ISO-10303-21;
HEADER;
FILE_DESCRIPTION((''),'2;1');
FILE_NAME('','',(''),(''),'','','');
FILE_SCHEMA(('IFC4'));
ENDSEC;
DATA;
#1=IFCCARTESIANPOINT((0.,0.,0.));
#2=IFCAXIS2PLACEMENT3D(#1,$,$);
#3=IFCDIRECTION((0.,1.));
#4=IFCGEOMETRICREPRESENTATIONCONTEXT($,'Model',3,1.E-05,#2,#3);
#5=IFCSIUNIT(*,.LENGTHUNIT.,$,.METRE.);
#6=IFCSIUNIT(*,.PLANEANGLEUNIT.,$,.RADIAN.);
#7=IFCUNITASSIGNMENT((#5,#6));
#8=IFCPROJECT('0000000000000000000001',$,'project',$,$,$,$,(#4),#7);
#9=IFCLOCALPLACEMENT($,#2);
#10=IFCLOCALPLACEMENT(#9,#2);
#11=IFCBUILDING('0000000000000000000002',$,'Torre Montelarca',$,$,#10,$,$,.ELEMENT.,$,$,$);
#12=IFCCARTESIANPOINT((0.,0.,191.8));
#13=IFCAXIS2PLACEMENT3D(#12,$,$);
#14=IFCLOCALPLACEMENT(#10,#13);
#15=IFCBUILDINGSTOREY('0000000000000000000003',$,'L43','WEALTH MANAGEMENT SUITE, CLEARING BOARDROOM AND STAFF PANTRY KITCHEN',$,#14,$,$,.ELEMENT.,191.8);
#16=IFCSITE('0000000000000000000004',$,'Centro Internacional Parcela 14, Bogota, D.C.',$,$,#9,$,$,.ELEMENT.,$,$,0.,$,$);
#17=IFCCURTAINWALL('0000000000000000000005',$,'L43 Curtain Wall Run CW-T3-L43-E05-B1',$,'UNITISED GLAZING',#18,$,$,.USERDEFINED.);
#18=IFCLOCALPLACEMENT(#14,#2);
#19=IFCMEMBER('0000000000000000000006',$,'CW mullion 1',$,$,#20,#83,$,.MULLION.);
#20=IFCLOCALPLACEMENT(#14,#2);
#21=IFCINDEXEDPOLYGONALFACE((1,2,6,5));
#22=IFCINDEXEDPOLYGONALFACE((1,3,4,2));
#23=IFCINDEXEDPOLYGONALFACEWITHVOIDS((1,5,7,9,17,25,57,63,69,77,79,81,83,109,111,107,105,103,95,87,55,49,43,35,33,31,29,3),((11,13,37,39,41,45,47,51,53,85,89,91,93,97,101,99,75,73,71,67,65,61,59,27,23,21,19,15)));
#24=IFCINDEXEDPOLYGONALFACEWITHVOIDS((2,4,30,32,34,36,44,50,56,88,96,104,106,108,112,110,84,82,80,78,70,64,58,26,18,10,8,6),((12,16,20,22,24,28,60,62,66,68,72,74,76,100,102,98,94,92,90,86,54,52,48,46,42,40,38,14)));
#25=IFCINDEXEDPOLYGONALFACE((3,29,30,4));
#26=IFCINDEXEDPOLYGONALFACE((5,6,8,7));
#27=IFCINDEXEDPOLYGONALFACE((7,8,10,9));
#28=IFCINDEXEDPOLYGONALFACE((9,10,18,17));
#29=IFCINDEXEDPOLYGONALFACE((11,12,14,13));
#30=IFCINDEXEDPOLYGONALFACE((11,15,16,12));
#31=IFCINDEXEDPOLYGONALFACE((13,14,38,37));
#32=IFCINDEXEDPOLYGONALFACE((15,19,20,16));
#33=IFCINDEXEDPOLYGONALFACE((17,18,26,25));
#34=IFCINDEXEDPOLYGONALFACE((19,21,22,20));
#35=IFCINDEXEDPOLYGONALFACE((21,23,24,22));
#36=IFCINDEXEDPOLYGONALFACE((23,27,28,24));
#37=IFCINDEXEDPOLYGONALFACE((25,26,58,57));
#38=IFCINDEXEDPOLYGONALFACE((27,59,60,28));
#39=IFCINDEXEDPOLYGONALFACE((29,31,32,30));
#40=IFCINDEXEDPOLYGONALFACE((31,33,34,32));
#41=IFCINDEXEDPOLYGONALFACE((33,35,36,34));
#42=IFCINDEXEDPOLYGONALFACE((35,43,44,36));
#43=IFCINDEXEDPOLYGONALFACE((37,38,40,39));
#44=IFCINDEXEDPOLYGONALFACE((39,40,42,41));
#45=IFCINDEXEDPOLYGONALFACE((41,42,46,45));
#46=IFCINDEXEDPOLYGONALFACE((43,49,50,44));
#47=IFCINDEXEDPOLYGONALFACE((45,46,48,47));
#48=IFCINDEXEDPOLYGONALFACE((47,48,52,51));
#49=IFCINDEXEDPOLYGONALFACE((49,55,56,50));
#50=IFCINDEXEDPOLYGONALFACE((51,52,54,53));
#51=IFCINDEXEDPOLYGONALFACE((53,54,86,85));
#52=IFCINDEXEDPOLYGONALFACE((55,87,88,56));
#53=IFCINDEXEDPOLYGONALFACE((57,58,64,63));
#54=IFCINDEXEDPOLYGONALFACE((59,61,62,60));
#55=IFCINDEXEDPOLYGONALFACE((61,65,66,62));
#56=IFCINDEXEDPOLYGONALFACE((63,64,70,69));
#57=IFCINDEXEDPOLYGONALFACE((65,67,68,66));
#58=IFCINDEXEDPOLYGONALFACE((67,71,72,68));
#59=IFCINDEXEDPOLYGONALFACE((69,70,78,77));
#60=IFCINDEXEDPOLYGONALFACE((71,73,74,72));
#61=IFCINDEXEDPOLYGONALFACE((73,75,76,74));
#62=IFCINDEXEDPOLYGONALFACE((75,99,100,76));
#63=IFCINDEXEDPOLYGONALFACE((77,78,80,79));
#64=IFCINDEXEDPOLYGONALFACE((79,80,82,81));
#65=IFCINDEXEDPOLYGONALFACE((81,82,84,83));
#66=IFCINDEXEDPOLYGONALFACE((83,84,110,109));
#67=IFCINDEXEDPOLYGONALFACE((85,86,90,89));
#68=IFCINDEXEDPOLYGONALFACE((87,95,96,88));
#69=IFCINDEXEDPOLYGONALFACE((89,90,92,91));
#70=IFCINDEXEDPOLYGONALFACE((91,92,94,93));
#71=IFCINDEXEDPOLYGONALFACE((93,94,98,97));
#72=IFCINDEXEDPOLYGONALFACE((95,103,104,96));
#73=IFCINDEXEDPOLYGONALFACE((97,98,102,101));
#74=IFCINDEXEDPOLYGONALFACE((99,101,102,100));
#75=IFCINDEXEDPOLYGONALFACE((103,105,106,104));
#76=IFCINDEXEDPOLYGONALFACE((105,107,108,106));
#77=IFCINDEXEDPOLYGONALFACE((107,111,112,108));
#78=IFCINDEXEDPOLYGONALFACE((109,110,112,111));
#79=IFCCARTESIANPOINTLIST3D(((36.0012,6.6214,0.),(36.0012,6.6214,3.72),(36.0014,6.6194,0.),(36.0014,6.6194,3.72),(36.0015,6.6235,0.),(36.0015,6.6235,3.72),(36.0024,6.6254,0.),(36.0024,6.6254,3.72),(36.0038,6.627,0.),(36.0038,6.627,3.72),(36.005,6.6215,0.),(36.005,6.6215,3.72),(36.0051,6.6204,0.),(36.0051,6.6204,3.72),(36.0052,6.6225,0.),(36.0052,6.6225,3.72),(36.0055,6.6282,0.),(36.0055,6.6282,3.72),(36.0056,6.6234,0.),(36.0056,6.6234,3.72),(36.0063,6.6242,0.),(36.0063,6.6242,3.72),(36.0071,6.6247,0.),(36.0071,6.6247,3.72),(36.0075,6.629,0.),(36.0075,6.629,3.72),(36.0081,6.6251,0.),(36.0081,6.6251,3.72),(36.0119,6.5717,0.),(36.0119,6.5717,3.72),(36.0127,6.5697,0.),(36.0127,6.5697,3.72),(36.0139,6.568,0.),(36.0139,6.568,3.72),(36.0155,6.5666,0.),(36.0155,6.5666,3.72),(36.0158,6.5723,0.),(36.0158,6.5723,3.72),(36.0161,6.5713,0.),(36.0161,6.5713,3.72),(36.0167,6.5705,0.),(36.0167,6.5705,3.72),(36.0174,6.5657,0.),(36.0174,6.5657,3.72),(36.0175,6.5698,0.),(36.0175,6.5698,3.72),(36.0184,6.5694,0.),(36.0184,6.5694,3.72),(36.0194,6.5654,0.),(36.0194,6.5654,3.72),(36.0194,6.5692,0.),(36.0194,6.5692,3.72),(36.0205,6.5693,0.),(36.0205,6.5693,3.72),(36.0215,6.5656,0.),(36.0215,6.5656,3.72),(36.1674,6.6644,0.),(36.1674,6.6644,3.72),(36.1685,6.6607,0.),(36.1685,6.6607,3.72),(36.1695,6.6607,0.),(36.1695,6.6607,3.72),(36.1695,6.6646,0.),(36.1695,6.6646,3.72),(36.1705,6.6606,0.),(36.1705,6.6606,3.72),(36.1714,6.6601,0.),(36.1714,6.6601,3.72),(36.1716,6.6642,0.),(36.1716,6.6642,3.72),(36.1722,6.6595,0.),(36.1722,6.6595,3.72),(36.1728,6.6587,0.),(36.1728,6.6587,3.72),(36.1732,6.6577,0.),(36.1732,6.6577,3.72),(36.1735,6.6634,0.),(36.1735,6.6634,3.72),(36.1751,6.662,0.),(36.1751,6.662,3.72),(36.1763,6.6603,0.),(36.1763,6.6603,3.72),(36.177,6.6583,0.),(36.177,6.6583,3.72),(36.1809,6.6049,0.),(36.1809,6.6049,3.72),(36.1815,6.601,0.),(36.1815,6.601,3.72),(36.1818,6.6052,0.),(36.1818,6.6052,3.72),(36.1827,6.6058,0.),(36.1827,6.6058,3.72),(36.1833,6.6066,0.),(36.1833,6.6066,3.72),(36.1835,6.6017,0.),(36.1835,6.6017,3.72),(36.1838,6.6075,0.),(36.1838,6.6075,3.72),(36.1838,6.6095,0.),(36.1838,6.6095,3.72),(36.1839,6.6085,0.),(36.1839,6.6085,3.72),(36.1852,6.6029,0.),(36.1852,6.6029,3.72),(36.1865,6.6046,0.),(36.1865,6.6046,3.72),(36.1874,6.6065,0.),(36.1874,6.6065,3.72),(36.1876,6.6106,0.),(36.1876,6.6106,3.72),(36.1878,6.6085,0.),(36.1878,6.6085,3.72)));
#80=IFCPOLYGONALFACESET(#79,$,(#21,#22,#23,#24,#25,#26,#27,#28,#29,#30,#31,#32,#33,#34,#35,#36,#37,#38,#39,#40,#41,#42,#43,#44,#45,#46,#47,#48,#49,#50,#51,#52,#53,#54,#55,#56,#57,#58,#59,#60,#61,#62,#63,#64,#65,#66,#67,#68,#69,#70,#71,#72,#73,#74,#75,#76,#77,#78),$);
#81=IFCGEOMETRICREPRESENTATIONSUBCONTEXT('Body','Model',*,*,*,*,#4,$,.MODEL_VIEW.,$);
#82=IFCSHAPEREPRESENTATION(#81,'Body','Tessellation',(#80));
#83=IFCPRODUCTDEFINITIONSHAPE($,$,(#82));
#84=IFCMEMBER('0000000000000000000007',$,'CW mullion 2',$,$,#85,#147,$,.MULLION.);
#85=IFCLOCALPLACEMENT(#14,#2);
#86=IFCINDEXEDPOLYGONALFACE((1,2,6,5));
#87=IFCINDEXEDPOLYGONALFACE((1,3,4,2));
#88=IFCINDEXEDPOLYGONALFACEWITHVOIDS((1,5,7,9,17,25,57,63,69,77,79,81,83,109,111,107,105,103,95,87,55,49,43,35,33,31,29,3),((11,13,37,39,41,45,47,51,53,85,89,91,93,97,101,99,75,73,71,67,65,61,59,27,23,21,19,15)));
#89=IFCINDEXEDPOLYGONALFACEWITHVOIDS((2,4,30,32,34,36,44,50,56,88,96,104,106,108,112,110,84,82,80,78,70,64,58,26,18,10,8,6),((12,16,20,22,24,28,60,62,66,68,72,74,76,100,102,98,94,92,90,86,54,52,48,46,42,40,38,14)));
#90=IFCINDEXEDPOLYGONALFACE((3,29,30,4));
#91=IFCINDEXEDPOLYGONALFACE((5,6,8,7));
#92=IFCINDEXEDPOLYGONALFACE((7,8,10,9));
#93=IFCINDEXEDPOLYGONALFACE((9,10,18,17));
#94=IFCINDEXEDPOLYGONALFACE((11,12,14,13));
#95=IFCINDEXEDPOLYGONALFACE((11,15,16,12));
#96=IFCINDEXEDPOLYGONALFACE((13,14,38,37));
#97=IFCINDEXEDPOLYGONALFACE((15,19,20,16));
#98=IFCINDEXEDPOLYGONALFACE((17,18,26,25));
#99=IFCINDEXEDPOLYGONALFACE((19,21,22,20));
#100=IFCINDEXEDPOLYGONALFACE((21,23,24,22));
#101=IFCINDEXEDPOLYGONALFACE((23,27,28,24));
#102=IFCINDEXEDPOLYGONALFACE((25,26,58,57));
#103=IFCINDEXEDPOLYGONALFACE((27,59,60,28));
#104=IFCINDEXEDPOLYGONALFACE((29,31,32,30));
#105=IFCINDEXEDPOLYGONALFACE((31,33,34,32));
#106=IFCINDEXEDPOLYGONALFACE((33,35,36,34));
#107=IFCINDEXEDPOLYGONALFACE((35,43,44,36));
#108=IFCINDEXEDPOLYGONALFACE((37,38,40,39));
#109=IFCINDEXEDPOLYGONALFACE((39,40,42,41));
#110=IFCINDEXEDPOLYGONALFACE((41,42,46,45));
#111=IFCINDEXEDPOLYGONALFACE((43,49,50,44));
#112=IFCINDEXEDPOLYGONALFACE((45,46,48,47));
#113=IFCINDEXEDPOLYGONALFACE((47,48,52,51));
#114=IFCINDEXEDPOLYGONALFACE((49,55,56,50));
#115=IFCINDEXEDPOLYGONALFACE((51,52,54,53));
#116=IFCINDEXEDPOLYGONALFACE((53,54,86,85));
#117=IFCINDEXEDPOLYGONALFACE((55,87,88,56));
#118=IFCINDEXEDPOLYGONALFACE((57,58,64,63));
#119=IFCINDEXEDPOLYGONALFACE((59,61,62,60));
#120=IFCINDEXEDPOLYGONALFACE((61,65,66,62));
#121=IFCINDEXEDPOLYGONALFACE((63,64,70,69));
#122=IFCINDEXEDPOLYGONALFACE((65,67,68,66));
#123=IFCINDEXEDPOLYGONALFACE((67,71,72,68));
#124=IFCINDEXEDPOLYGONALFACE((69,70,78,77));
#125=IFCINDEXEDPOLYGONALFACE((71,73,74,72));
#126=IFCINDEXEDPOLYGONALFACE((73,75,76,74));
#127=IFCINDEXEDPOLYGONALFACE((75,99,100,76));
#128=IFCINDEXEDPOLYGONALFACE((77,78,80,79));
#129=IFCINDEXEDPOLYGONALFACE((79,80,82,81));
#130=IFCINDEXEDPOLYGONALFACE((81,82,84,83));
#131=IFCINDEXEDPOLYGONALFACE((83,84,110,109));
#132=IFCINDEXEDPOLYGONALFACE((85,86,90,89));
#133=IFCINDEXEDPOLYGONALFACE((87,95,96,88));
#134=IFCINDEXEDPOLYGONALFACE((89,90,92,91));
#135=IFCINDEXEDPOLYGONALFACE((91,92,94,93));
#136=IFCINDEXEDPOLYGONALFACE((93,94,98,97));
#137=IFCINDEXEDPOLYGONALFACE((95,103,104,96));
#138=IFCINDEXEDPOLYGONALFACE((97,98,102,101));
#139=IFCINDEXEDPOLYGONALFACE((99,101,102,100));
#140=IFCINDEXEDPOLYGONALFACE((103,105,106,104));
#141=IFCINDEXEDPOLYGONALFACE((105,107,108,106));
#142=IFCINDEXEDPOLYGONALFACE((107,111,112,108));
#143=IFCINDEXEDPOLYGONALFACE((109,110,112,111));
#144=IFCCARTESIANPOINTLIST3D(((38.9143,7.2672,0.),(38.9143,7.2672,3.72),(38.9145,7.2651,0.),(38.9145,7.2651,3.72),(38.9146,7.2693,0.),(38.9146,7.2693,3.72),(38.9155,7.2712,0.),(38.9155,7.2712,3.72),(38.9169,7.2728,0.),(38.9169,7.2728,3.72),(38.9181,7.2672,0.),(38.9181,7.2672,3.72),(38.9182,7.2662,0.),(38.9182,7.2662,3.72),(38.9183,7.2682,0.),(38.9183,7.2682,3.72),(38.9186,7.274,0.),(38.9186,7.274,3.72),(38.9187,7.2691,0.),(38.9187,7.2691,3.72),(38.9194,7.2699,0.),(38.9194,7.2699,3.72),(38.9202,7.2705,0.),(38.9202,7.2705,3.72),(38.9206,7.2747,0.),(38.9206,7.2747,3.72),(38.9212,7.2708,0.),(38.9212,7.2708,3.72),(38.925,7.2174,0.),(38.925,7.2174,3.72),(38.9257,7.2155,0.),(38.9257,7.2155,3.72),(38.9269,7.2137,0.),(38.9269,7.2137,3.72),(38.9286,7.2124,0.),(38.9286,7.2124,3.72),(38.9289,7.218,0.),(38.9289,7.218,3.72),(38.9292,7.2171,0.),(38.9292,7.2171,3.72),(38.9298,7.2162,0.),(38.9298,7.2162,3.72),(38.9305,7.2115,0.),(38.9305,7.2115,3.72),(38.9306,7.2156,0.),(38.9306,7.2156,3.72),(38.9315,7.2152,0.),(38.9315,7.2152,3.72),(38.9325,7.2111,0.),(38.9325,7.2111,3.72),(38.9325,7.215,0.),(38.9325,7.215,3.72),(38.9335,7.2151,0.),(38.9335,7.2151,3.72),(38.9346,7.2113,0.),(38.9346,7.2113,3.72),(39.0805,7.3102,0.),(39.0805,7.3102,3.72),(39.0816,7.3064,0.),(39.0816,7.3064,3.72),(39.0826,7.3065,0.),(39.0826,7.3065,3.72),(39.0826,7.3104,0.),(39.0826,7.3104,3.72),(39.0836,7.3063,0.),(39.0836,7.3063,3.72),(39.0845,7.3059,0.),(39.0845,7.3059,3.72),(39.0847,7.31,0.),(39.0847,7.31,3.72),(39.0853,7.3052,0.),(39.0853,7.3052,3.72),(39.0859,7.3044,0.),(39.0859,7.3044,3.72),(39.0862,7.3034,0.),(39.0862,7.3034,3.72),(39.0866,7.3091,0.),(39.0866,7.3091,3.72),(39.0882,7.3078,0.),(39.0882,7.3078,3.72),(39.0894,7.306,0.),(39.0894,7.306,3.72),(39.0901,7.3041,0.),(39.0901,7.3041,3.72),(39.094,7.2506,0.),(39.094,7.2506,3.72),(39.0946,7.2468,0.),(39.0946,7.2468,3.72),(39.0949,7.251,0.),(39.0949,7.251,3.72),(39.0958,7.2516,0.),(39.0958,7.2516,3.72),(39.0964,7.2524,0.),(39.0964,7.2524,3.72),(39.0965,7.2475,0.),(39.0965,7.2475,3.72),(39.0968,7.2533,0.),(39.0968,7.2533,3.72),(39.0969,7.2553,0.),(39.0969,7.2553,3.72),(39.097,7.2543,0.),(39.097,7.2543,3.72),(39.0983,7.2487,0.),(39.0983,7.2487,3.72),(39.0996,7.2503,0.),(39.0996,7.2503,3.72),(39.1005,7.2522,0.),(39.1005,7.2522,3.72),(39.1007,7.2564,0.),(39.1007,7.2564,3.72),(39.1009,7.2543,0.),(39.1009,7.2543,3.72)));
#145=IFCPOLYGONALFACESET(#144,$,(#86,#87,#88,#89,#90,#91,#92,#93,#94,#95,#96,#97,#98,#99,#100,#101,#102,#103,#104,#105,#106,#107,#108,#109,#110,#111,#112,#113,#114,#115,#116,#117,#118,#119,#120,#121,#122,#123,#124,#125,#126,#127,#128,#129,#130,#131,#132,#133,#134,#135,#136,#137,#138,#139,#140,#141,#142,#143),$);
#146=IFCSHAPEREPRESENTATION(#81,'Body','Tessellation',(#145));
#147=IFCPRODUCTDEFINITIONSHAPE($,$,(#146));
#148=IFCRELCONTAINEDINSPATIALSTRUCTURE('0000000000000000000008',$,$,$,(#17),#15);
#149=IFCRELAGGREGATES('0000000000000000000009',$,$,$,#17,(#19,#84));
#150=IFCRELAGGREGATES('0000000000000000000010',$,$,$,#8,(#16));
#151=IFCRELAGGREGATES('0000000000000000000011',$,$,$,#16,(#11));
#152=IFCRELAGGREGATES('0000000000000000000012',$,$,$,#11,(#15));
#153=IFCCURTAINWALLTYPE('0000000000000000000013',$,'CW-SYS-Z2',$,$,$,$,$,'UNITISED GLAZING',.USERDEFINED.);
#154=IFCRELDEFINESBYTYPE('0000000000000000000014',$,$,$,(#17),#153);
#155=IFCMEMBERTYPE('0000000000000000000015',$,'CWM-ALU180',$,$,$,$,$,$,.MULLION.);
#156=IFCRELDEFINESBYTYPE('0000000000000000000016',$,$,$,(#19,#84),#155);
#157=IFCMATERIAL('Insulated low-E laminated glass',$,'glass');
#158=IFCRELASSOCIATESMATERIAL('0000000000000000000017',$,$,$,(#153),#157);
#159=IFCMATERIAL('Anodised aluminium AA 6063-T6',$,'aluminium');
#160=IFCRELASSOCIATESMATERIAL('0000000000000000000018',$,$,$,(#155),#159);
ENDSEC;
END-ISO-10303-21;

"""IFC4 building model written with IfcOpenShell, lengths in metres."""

from ifc_helpers import new_model, si_unit, direction, frame, origin, origin_2d, place, context, subcontext, project, spatial, hollow_rectangle, extrude, source, transform, mapped, material, material_profile, profile_set, type_object, element, aggregate, save


model = new_model("IFC4")

# Units and contexts
model_context = context("Model", 3, precision=1e-05, world=origin(), true_north=direction((0.0, 1.0)))
body_context = subcontext(model_context, "Body", "Model", "MODEL_VIEW")
ifc_project = project(units=[si_unit("LENGTHUNIT", "METRE"), si_unit("PLANEANGLEUNIT", "RADIAN")], contexts=[model_context])

# Site, building, storey
site_placement = place(None, origin())
site = spatial("IfcSite", under=ifc_project, at=site_placement, Name="Centro Internacional Parcela 14, Bogota, D.C.", CompositionType="ELEMENT", RefElevation=0.0)
building_placement = place(site_placement, origin())
building = spatial("IfcBuilding", under=site, at=building_placement, Name="Torre Montelarca", CompositionType="ELEMENT")
storey_placement = place(building_placement, frame((0.0, 0.0, 191.8)))
storey = spatial("IfcBuildingStorey", under=building, at=storey_placement, Name="L43", Description="WEALTH MANAGEMENT SUITE, CLEARING BOARDROOM AND STAFF PANTRY KITCHEN", CompositionType="ELEMENT", Elevation=191.8)

# Curtain wall
ifc_material_1 = material(Name="Insulated low-E laminated glass", Category="glass")
curtain_wall_type = type_object("IfcCurtainWallType", Name="CW-SYS-Z2", ElementType="UNITISED GLAZING", PredefinedType="USERDEFINED", material=ifc_material_1)
curtain_wall_1_placement = place(storey_placement, origin())
curtain_wall_1 = element("IfcCurtainWall", 1, at=curtain_wall_1_placement, inside=storey, type_object=curtain_wall_type, Name="L43 Curtain Wall Run CW-T3-L43-E05-B1", ObjectType="UNITISED GLAZING", PredefinedType="USERDEFINED")
ifc_material_2 = material(Name="Anodised aluminium AA 6063-T6", Category="aluminium")

# Members
ifc_material_profile_1 = material_profile(ifc_material_2, hollow_rectangle(XDim=0.0649, YDim=0.1799, WallThickness=0.0039, InnerFilletRadius=0.0039, OuterFilletRadius=0.0081, at=origin_2d()), Name="ALU65X180X4", Category="aluminium")
ifc_profile_set_1 = profile_set([ifc_material_profile_1], Name="Anodised aluminium AA 6063-T6")
member_type_1 = type_object("IfcMemberType", Name="CWM-ALU180", PredefinedType="MULLION", material=ifc_profile_set_1)
shared_shape_1 = source(origin(), body_context, "Body", "SweptSolid", [
    extrude(hollow_rectangle(XDim=0.0649, YDim=0.1799, WallThickness=0.0039, InnerFilletRadius=0.0039, OuterFilletRadius=0.0081, at=origin_2d()), origin(), (0.0, 0.0, 1.0), 3.72),
])
member_1_placement = place(storey_placement, frame((36.0945, 6.615, 0.0), z_axis=(0.0, 0.0, 1.0), x_axis=(-0.216464, 0.976291, 0.0)))
member_1 = element("IfcMember", 2, at=member_1_placement, type_object=member_type_1, Name="CW mullion 1", PredefinedType="MULLION", context=body_context, shape_type="MappedRepresentation", body=[
    mapped(shared_shape_1, transform((0.0, 0.0, 0.0), scale=1.0)),
])
member_2_placement = place(storey_placement, frame((39.0076, 7.2607, 0.0), z_axis=(0.0, 0.0, 1.0), x_axis=(-0.216464, 0.976291, 0.0)))
member_2 = element("IfcMember", 3, at=member_2_placement, type_object=member_type_1, Name="CW mullion 2", PredefinedType="MULLION", context=body_context, shape_type="MappedRepresentation", body=[
    mapped(shared_shape_1, transform((0.0, 0.0, 0.0), scale=1.0)),
])

aggregate(curtain_wall_1, [member_1, member_2])

save(model, "model.ifc")
